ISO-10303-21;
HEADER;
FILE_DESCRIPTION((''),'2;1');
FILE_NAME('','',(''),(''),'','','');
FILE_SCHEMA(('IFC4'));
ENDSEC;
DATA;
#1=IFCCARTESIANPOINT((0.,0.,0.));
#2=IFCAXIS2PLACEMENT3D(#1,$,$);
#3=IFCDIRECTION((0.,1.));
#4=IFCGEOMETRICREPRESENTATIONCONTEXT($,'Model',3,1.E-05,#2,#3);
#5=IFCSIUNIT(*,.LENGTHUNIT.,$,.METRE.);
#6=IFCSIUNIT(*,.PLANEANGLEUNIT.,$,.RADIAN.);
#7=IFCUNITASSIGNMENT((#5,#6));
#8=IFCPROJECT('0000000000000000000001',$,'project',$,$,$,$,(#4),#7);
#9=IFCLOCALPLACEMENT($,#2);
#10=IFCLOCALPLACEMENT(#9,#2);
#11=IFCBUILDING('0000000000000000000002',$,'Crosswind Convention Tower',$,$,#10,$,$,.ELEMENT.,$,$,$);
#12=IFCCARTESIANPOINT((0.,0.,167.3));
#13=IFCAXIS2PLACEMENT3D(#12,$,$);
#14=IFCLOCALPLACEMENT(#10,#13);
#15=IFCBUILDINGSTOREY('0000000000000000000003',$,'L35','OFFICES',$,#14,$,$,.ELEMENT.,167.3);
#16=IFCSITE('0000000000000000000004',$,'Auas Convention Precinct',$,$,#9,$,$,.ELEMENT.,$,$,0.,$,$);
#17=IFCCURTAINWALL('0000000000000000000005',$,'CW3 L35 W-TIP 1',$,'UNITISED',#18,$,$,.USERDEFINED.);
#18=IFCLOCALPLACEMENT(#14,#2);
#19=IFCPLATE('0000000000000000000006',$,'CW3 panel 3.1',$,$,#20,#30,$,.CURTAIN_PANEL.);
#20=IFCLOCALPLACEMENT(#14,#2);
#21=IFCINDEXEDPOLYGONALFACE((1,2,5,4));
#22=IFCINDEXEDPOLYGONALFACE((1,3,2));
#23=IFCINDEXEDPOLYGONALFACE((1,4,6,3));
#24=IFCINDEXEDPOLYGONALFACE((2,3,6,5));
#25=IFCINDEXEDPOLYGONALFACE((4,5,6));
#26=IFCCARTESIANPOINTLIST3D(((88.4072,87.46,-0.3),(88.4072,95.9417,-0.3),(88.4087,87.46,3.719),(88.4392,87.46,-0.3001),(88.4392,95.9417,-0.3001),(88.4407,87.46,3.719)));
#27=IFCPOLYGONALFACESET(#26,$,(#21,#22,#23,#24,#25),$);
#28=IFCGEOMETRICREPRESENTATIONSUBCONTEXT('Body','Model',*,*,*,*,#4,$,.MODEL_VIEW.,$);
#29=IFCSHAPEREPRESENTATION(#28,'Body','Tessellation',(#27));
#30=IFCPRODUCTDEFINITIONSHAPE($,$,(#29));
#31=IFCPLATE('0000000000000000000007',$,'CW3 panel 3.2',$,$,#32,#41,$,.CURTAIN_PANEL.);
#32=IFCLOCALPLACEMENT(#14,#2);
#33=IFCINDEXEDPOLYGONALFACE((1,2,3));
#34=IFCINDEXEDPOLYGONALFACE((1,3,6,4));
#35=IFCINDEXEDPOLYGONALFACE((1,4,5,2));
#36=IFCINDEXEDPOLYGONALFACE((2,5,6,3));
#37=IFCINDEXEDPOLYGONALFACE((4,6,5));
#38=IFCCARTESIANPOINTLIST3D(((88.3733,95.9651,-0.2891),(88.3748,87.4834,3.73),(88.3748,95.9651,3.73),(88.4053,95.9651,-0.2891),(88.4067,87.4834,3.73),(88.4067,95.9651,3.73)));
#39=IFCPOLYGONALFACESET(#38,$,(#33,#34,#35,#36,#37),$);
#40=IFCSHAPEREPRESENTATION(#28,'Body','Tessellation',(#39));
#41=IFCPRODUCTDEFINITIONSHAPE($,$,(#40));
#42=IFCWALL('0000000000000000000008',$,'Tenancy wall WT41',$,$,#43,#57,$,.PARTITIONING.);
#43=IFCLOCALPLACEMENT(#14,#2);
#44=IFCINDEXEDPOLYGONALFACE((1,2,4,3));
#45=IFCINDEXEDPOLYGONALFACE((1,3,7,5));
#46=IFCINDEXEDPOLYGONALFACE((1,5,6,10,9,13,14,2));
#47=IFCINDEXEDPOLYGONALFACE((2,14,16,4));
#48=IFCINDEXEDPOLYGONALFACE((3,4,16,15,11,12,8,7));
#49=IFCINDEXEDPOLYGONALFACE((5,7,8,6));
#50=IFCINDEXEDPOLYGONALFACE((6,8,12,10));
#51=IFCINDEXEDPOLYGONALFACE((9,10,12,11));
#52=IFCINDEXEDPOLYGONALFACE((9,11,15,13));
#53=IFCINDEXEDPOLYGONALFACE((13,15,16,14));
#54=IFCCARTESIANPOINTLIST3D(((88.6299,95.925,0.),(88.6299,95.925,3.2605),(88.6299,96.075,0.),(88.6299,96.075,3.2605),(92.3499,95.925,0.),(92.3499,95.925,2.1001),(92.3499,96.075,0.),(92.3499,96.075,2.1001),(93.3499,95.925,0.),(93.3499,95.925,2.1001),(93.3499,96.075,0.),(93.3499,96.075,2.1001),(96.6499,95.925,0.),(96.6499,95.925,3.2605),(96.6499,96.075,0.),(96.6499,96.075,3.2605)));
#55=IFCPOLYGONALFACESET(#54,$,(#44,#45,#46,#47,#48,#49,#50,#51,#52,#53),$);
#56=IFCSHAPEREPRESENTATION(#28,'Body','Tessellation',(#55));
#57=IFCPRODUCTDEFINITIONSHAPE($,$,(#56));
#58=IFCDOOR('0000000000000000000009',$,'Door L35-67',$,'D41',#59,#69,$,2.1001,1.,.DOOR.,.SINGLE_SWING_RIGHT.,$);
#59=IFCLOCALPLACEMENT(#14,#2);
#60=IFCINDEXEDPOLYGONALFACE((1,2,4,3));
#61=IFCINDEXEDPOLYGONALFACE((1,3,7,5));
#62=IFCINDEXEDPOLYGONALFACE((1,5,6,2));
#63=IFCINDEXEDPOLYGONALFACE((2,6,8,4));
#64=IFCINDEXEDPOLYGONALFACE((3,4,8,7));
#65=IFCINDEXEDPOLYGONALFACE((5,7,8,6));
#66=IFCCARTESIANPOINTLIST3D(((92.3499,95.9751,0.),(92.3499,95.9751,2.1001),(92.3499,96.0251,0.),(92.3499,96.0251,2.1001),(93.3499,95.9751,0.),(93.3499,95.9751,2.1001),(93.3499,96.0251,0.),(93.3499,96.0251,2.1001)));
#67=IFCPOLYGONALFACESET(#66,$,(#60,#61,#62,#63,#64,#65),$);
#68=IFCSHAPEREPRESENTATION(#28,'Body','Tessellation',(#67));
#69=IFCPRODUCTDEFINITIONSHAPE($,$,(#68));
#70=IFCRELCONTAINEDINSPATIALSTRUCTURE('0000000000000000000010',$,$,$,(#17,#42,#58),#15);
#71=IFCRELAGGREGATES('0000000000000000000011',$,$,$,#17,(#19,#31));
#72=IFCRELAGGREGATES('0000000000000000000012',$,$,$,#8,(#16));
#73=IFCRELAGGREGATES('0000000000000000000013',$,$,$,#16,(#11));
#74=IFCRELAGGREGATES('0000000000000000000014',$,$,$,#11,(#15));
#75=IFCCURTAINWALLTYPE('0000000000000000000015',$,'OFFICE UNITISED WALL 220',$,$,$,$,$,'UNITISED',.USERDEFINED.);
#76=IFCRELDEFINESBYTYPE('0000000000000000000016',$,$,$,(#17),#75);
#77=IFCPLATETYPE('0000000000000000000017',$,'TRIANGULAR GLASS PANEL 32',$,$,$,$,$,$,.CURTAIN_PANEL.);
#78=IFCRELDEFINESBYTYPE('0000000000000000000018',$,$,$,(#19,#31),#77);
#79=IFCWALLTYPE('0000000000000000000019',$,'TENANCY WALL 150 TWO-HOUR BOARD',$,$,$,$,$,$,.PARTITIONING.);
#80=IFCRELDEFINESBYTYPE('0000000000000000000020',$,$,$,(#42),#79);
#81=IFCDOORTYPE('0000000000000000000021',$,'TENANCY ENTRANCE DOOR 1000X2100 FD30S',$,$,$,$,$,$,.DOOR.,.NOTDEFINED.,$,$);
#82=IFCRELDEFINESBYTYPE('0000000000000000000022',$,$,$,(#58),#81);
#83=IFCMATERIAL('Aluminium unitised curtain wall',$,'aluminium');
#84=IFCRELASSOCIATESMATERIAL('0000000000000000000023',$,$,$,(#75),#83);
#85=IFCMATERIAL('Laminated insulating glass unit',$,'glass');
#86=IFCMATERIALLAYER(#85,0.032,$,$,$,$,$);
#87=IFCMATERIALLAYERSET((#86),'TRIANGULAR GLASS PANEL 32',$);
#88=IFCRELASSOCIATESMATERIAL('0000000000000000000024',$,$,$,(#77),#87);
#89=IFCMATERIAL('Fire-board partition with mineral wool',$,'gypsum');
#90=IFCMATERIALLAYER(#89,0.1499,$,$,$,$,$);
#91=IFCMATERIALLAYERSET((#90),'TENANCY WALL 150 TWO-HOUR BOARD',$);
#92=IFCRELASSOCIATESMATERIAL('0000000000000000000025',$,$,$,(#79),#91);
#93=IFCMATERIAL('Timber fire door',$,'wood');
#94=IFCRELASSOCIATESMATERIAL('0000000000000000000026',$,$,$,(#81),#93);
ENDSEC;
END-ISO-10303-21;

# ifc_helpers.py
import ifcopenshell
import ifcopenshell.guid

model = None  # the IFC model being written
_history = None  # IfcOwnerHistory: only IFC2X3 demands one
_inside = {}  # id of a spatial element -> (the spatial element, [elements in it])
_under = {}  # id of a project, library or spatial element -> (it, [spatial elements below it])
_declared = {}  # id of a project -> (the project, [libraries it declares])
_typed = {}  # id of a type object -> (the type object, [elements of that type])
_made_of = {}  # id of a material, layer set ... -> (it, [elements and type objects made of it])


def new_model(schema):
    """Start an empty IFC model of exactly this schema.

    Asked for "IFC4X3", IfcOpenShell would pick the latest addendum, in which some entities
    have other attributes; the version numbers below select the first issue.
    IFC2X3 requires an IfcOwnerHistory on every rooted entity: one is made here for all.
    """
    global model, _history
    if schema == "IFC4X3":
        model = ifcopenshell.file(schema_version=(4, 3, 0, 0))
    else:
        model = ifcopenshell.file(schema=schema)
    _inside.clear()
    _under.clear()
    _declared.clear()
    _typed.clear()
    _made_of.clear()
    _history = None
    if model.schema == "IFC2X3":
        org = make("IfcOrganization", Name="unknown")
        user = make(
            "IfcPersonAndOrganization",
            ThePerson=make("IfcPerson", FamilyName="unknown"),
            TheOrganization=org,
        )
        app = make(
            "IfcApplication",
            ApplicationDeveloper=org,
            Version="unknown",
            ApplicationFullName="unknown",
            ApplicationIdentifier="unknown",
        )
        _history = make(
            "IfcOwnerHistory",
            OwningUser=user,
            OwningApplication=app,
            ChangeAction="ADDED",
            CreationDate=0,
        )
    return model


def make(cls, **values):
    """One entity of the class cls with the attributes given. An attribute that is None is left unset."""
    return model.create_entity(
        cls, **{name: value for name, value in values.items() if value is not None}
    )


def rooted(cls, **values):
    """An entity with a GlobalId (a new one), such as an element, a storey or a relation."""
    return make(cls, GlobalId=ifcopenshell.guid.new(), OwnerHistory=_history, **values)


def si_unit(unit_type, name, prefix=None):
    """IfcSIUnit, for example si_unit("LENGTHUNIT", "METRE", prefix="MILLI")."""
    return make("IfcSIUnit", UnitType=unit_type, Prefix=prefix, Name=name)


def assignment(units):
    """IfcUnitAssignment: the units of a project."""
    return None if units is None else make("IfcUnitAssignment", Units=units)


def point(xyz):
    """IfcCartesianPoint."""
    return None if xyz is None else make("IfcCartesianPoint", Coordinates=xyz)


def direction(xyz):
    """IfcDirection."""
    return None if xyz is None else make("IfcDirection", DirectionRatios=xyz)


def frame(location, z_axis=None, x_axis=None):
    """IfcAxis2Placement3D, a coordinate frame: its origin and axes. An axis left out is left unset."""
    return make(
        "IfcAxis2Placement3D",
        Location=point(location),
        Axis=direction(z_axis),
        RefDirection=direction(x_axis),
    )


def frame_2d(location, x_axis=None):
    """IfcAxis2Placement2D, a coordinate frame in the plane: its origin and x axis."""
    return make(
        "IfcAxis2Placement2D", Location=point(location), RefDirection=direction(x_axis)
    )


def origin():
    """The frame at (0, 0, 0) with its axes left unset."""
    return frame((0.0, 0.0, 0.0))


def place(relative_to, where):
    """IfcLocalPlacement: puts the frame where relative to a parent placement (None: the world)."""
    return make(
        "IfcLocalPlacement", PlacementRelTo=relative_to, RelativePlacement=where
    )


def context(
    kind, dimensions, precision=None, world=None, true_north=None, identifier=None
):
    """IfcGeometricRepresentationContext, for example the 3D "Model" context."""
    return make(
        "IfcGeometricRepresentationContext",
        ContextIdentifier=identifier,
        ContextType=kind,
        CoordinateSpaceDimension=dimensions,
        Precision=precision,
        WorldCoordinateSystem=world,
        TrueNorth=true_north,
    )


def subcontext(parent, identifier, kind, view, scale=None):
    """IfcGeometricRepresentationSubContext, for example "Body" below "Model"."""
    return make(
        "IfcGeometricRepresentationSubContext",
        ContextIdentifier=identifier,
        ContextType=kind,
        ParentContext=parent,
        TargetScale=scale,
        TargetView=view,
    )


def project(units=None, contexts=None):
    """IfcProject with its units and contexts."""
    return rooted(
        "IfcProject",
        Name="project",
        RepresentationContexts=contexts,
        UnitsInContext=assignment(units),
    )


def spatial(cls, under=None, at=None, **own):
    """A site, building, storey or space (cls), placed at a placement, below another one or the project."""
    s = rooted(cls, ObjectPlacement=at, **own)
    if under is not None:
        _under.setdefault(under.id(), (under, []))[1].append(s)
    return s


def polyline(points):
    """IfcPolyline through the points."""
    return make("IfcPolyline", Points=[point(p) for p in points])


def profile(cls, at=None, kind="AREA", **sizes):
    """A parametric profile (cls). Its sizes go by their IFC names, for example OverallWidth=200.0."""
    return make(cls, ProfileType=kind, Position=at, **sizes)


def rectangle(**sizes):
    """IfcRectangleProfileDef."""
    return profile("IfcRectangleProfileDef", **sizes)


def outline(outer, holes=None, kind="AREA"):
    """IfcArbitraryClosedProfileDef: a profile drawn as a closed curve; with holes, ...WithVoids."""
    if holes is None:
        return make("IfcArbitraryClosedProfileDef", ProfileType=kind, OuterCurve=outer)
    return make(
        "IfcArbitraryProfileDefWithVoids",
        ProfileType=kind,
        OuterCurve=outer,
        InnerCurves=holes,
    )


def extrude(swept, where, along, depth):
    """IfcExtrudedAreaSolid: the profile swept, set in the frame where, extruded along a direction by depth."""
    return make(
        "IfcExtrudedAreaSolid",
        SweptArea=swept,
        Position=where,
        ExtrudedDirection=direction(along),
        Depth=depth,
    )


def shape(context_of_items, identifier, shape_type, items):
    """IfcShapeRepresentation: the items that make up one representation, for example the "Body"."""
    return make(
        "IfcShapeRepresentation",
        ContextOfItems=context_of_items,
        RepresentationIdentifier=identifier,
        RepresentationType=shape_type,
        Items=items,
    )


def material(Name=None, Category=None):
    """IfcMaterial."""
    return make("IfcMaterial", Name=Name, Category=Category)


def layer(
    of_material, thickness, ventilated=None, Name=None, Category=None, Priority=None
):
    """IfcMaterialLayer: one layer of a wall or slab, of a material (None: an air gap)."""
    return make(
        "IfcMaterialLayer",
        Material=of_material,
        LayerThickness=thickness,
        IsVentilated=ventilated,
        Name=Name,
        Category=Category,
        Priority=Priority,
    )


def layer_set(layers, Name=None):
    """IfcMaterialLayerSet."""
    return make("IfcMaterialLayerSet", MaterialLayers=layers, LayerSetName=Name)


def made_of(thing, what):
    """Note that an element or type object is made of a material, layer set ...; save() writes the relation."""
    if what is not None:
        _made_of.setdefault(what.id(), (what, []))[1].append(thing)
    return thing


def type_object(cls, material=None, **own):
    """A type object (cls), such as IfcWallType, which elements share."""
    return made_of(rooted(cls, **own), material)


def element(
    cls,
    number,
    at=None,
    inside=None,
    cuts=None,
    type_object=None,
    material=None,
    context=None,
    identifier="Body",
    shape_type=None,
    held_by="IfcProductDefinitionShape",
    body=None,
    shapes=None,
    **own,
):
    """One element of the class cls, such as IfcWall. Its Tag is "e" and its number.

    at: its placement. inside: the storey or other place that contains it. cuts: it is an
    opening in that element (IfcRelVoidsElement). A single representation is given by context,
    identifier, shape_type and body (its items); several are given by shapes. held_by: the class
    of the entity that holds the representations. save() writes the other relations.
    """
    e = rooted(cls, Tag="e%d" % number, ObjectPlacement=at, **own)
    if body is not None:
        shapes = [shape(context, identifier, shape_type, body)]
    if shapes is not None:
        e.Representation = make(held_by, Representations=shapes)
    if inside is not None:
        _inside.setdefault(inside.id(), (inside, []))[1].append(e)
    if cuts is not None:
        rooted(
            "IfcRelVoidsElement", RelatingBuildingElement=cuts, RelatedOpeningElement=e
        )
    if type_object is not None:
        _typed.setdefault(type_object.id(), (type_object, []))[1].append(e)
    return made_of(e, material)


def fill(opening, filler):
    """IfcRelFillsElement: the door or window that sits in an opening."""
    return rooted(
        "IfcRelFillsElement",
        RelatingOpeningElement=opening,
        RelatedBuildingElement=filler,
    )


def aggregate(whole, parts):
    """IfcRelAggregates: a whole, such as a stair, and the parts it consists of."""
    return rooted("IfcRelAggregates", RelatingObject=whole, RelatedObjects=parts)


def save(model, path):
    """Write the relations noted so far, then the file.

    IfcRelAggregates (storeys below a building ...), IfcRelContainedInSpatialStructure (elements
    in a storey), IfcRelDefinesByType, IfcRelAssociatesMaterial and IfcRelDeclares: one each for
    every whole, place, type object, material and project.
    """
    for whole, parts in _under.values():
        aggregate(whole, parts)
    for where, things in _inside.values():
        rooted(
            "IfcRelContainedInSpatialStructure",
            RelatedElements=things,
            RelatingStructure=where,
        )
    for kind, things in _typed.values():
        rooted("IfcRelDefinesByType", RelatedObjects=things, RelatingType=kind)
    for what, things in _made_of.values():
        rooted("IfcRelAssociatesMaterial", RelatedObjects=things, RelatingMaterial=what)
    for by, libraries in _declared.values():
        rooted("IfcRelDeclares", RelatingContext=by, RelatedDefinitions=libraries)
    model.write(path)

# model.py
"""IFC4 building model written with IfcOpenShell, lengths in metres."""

from ifc_helpers import new_model, si_unit, direction, frame, frame_2d, origin, place, context, subcontext, project, spatial, polyline, rectangle, outline, extrude, material, layer, layer_set, type_object, element, fill, aggregate, save


model = new_model("IFC4")

# Units and contexts
model_context = context("Model", 3, precision=1e-05, world=origin(), true_north=direction((0.0, 1.0)))
body_context = subcontext(model_context, "Body", "Model", "MODEL_VIEW")
ifc_project = project(units=[si_unit("LENGTHUNIT", "METRE"), si_unit("PLANEANGLEUNIT", "RADIAN")], contexts=[model_context])

# Site, building, storey
site_placement = place(None, origin())
site = spatial("IfcSite", under=ifc_project, at=site_placement, Name="Auas Convention Precinct", CompositionType="ELEMENT", RefElevation=0.0)
building_placement = place(site_placement, origin())
building = spatial("IfcBuilding", under=site, at=building_placement, Name="Crosswind Convention Tower", CompositionType="ELEMENT")
storey_placement = place(building_placement, frame((0.0, 0.0, 167.3)))
storey = spatial("IfcBuildingStorey", under=building, at=storey_placement, Name="L35", Description="OFFICES", CompositionType="ELEMENT", Elevation=167.3)

# Shared definitions
ifc_material_1 = material(Name="Aluminium unitised curtain wall", Category="aluminium")

# Curtain wall
curtain_wall_type_1 = type_object("IfcCurtainWallType", Name="OFFICE UNITISED WALL 220", ElementType="UNITISED", PredefinedType="USERDEFINED", material=ifc_material_1)
curtain_wall_1_placement = place(storey_placement, origin())
curtain_wall_1 = element("IfcCurtainWall", 1, at=curtain_wall_1_placement, inside=storey, type_object=curtain_wall_type_1, Name="CW3 L35 W-TIP 1", ObjectType="UNITISED", PredefinedType="USERDEFINED")

# Plates
ifc_material_2 = material(Name="Laminated insulating glass unit", Category="glass")
ifc_layer_1 = layer(ifc_material_2, 0.032)
ifc_layer_set_1 = layer_set([ifc_layer_1], Name="TRIANGULAR GLASS PANEL 32")
plate_type_1 = type_object("IfcPlateType", Name="TRIANGULAR GLASS PANEL 32", PredefinedType="CURTAIN_PANEL", material=ifc_layer_set_1)
plate_1_placement = place(storey_placement, frame((88.4072, 87.46, -0.3), z_axis=(-1.0, 0.0, 0.000364), x_axis=(0.000364, 0.0, 1.0)))
plate_1 = element("IfcPlate", 2, at=plate_1_placement, type_object=plate_type_1, Name="CW3 panel 3.1", PredefinedType="CURTAIN_PANEL", context=body_context, shape_type="SweptSolid", body=[
    extrude(outline(polyline([(0.0, 0.0), (4.019, 0.0), (0.0, 8.4817), (0.0, 0.0)])), origin(), (0.0, 0.0, -1.0), 0.032),
])
plate_2_placement = place(storey_placement, frame((88.3748, 95.9651, 3.73), z_axis=(-1.0, 0.0, 0.000364), x_axis=(-0.000364, 0.0, -1.0)))
plate_2 = element("IfcPlate", 3, at=plate_2_placement, type_object=plate_type_1, Name="CW3 panel 3.2", PredefinedType="CURTAIN_PANEL", context=body_context, shape_type="SweptSolid", body=[
    extrude(outline(polyline([(0.0, 0.0), (4.019, 0.0), (0.0, 8.4817), (0.0, 0.0)])), origin(), (0.0, 0.0, -1.0), 0.032),
])
aggregate(curtain_wall_1, [plate_1, plate_2])

# Wall, opening, door
ifc_material_3 = material(Name="Fire-board partition with mineral wool", Category="gypsum")
ifc_layer_2 = layer(ifc_material_3, 0.1499)
ifc_layer_set_2 = layer_set([ifc_layer_2], Name="TENANCY WALL 150 TWO-HOUR BOARD")
wall_type = type_object("IfcWallType", Name="TENANCY WALL 150 TWO-HOUR BOARD", PredefinedType="PARTITIONING", material=ifc_layer_set_2)
wall_placement = place(storey_placement, frame((88.6299, 96.0, 0.0), z_axis=(0.0, 0.0, 1.0), x_axis=(1.0, 0.0, 0.0)))
wall = element("IfcWall", 4, at=wall_placement, inside=storey, type_object=wall_type, Name="Tenancy wall WT41", PredefinedType="PARTITIONING", context=body_context, shape_type="SweptSolid", body=[
    extrude(rectangle(XDim=8.02, YDim=0.1499, at=frame_2d((4.01, 0.0))), origin(), (0.0, 0.0, 1.0), 3.2605),
])
opening_placement = place(wall_placement, frame((3.72, 0.0, 0.0)))
opening = element("IfcOpeningElement", 5, at=opening_placement, cuts=wall, PredefinedType="OPENING", context=body_context, shape_type="SweptSolid", body=[
    extrude(rectangle(XDim=1.0, YDim=2.1001, at=frame_2d((0.5, 1.05))), frame((0.0, 0.085, 0.0), z_axis=(0.0, -1.0, 0.0), x_axis=(1.0, 0.0, 0.0)), (0.0, 0.0, 1.0), 0.1699),
])
ifc_material_4 = material(Name="Timber fire door", Category="wood")
door_type = type_object("IfcDoorType", Name="TENANCY ENTRANCE DOOR 1000X2100 FD30S", OperationType="NOTDEFINED", PredefinedType="DOOR", material=ifc_material_4)
door_placement = place(opening_placement, frame((1.0, 0.0, 0.0), z_axis=(0.0, 0.0, 1.0), x_axis=(-1.0, 0.0, 0.0)))
door = element("IfcDoor", 6, at=door_placement, inside=storey, type_object=door_type, Name="Door L35-67", ObjectType="D41", OperationType="SINGLE_SWING_RIGHT", OverallHeight=2.1001, OverallWidth=1.0, PredefinedType="DOOR", context=body_context, shape_type="SweptSolid", body=[
    extrude(rectangle(XDim=1.0, YDim=2.1001, at=frame_2d((0.5, 1.05))), frame((0.0, 0.0249, 0.0), z_axis=(0.0, -1.0, 0.0), x_axis=(1.0, 0.0, 0.0)), (0.0, 0.0, 1.0), 0.05),
])
fill(opening, door)

save(model, "model.ifc")
